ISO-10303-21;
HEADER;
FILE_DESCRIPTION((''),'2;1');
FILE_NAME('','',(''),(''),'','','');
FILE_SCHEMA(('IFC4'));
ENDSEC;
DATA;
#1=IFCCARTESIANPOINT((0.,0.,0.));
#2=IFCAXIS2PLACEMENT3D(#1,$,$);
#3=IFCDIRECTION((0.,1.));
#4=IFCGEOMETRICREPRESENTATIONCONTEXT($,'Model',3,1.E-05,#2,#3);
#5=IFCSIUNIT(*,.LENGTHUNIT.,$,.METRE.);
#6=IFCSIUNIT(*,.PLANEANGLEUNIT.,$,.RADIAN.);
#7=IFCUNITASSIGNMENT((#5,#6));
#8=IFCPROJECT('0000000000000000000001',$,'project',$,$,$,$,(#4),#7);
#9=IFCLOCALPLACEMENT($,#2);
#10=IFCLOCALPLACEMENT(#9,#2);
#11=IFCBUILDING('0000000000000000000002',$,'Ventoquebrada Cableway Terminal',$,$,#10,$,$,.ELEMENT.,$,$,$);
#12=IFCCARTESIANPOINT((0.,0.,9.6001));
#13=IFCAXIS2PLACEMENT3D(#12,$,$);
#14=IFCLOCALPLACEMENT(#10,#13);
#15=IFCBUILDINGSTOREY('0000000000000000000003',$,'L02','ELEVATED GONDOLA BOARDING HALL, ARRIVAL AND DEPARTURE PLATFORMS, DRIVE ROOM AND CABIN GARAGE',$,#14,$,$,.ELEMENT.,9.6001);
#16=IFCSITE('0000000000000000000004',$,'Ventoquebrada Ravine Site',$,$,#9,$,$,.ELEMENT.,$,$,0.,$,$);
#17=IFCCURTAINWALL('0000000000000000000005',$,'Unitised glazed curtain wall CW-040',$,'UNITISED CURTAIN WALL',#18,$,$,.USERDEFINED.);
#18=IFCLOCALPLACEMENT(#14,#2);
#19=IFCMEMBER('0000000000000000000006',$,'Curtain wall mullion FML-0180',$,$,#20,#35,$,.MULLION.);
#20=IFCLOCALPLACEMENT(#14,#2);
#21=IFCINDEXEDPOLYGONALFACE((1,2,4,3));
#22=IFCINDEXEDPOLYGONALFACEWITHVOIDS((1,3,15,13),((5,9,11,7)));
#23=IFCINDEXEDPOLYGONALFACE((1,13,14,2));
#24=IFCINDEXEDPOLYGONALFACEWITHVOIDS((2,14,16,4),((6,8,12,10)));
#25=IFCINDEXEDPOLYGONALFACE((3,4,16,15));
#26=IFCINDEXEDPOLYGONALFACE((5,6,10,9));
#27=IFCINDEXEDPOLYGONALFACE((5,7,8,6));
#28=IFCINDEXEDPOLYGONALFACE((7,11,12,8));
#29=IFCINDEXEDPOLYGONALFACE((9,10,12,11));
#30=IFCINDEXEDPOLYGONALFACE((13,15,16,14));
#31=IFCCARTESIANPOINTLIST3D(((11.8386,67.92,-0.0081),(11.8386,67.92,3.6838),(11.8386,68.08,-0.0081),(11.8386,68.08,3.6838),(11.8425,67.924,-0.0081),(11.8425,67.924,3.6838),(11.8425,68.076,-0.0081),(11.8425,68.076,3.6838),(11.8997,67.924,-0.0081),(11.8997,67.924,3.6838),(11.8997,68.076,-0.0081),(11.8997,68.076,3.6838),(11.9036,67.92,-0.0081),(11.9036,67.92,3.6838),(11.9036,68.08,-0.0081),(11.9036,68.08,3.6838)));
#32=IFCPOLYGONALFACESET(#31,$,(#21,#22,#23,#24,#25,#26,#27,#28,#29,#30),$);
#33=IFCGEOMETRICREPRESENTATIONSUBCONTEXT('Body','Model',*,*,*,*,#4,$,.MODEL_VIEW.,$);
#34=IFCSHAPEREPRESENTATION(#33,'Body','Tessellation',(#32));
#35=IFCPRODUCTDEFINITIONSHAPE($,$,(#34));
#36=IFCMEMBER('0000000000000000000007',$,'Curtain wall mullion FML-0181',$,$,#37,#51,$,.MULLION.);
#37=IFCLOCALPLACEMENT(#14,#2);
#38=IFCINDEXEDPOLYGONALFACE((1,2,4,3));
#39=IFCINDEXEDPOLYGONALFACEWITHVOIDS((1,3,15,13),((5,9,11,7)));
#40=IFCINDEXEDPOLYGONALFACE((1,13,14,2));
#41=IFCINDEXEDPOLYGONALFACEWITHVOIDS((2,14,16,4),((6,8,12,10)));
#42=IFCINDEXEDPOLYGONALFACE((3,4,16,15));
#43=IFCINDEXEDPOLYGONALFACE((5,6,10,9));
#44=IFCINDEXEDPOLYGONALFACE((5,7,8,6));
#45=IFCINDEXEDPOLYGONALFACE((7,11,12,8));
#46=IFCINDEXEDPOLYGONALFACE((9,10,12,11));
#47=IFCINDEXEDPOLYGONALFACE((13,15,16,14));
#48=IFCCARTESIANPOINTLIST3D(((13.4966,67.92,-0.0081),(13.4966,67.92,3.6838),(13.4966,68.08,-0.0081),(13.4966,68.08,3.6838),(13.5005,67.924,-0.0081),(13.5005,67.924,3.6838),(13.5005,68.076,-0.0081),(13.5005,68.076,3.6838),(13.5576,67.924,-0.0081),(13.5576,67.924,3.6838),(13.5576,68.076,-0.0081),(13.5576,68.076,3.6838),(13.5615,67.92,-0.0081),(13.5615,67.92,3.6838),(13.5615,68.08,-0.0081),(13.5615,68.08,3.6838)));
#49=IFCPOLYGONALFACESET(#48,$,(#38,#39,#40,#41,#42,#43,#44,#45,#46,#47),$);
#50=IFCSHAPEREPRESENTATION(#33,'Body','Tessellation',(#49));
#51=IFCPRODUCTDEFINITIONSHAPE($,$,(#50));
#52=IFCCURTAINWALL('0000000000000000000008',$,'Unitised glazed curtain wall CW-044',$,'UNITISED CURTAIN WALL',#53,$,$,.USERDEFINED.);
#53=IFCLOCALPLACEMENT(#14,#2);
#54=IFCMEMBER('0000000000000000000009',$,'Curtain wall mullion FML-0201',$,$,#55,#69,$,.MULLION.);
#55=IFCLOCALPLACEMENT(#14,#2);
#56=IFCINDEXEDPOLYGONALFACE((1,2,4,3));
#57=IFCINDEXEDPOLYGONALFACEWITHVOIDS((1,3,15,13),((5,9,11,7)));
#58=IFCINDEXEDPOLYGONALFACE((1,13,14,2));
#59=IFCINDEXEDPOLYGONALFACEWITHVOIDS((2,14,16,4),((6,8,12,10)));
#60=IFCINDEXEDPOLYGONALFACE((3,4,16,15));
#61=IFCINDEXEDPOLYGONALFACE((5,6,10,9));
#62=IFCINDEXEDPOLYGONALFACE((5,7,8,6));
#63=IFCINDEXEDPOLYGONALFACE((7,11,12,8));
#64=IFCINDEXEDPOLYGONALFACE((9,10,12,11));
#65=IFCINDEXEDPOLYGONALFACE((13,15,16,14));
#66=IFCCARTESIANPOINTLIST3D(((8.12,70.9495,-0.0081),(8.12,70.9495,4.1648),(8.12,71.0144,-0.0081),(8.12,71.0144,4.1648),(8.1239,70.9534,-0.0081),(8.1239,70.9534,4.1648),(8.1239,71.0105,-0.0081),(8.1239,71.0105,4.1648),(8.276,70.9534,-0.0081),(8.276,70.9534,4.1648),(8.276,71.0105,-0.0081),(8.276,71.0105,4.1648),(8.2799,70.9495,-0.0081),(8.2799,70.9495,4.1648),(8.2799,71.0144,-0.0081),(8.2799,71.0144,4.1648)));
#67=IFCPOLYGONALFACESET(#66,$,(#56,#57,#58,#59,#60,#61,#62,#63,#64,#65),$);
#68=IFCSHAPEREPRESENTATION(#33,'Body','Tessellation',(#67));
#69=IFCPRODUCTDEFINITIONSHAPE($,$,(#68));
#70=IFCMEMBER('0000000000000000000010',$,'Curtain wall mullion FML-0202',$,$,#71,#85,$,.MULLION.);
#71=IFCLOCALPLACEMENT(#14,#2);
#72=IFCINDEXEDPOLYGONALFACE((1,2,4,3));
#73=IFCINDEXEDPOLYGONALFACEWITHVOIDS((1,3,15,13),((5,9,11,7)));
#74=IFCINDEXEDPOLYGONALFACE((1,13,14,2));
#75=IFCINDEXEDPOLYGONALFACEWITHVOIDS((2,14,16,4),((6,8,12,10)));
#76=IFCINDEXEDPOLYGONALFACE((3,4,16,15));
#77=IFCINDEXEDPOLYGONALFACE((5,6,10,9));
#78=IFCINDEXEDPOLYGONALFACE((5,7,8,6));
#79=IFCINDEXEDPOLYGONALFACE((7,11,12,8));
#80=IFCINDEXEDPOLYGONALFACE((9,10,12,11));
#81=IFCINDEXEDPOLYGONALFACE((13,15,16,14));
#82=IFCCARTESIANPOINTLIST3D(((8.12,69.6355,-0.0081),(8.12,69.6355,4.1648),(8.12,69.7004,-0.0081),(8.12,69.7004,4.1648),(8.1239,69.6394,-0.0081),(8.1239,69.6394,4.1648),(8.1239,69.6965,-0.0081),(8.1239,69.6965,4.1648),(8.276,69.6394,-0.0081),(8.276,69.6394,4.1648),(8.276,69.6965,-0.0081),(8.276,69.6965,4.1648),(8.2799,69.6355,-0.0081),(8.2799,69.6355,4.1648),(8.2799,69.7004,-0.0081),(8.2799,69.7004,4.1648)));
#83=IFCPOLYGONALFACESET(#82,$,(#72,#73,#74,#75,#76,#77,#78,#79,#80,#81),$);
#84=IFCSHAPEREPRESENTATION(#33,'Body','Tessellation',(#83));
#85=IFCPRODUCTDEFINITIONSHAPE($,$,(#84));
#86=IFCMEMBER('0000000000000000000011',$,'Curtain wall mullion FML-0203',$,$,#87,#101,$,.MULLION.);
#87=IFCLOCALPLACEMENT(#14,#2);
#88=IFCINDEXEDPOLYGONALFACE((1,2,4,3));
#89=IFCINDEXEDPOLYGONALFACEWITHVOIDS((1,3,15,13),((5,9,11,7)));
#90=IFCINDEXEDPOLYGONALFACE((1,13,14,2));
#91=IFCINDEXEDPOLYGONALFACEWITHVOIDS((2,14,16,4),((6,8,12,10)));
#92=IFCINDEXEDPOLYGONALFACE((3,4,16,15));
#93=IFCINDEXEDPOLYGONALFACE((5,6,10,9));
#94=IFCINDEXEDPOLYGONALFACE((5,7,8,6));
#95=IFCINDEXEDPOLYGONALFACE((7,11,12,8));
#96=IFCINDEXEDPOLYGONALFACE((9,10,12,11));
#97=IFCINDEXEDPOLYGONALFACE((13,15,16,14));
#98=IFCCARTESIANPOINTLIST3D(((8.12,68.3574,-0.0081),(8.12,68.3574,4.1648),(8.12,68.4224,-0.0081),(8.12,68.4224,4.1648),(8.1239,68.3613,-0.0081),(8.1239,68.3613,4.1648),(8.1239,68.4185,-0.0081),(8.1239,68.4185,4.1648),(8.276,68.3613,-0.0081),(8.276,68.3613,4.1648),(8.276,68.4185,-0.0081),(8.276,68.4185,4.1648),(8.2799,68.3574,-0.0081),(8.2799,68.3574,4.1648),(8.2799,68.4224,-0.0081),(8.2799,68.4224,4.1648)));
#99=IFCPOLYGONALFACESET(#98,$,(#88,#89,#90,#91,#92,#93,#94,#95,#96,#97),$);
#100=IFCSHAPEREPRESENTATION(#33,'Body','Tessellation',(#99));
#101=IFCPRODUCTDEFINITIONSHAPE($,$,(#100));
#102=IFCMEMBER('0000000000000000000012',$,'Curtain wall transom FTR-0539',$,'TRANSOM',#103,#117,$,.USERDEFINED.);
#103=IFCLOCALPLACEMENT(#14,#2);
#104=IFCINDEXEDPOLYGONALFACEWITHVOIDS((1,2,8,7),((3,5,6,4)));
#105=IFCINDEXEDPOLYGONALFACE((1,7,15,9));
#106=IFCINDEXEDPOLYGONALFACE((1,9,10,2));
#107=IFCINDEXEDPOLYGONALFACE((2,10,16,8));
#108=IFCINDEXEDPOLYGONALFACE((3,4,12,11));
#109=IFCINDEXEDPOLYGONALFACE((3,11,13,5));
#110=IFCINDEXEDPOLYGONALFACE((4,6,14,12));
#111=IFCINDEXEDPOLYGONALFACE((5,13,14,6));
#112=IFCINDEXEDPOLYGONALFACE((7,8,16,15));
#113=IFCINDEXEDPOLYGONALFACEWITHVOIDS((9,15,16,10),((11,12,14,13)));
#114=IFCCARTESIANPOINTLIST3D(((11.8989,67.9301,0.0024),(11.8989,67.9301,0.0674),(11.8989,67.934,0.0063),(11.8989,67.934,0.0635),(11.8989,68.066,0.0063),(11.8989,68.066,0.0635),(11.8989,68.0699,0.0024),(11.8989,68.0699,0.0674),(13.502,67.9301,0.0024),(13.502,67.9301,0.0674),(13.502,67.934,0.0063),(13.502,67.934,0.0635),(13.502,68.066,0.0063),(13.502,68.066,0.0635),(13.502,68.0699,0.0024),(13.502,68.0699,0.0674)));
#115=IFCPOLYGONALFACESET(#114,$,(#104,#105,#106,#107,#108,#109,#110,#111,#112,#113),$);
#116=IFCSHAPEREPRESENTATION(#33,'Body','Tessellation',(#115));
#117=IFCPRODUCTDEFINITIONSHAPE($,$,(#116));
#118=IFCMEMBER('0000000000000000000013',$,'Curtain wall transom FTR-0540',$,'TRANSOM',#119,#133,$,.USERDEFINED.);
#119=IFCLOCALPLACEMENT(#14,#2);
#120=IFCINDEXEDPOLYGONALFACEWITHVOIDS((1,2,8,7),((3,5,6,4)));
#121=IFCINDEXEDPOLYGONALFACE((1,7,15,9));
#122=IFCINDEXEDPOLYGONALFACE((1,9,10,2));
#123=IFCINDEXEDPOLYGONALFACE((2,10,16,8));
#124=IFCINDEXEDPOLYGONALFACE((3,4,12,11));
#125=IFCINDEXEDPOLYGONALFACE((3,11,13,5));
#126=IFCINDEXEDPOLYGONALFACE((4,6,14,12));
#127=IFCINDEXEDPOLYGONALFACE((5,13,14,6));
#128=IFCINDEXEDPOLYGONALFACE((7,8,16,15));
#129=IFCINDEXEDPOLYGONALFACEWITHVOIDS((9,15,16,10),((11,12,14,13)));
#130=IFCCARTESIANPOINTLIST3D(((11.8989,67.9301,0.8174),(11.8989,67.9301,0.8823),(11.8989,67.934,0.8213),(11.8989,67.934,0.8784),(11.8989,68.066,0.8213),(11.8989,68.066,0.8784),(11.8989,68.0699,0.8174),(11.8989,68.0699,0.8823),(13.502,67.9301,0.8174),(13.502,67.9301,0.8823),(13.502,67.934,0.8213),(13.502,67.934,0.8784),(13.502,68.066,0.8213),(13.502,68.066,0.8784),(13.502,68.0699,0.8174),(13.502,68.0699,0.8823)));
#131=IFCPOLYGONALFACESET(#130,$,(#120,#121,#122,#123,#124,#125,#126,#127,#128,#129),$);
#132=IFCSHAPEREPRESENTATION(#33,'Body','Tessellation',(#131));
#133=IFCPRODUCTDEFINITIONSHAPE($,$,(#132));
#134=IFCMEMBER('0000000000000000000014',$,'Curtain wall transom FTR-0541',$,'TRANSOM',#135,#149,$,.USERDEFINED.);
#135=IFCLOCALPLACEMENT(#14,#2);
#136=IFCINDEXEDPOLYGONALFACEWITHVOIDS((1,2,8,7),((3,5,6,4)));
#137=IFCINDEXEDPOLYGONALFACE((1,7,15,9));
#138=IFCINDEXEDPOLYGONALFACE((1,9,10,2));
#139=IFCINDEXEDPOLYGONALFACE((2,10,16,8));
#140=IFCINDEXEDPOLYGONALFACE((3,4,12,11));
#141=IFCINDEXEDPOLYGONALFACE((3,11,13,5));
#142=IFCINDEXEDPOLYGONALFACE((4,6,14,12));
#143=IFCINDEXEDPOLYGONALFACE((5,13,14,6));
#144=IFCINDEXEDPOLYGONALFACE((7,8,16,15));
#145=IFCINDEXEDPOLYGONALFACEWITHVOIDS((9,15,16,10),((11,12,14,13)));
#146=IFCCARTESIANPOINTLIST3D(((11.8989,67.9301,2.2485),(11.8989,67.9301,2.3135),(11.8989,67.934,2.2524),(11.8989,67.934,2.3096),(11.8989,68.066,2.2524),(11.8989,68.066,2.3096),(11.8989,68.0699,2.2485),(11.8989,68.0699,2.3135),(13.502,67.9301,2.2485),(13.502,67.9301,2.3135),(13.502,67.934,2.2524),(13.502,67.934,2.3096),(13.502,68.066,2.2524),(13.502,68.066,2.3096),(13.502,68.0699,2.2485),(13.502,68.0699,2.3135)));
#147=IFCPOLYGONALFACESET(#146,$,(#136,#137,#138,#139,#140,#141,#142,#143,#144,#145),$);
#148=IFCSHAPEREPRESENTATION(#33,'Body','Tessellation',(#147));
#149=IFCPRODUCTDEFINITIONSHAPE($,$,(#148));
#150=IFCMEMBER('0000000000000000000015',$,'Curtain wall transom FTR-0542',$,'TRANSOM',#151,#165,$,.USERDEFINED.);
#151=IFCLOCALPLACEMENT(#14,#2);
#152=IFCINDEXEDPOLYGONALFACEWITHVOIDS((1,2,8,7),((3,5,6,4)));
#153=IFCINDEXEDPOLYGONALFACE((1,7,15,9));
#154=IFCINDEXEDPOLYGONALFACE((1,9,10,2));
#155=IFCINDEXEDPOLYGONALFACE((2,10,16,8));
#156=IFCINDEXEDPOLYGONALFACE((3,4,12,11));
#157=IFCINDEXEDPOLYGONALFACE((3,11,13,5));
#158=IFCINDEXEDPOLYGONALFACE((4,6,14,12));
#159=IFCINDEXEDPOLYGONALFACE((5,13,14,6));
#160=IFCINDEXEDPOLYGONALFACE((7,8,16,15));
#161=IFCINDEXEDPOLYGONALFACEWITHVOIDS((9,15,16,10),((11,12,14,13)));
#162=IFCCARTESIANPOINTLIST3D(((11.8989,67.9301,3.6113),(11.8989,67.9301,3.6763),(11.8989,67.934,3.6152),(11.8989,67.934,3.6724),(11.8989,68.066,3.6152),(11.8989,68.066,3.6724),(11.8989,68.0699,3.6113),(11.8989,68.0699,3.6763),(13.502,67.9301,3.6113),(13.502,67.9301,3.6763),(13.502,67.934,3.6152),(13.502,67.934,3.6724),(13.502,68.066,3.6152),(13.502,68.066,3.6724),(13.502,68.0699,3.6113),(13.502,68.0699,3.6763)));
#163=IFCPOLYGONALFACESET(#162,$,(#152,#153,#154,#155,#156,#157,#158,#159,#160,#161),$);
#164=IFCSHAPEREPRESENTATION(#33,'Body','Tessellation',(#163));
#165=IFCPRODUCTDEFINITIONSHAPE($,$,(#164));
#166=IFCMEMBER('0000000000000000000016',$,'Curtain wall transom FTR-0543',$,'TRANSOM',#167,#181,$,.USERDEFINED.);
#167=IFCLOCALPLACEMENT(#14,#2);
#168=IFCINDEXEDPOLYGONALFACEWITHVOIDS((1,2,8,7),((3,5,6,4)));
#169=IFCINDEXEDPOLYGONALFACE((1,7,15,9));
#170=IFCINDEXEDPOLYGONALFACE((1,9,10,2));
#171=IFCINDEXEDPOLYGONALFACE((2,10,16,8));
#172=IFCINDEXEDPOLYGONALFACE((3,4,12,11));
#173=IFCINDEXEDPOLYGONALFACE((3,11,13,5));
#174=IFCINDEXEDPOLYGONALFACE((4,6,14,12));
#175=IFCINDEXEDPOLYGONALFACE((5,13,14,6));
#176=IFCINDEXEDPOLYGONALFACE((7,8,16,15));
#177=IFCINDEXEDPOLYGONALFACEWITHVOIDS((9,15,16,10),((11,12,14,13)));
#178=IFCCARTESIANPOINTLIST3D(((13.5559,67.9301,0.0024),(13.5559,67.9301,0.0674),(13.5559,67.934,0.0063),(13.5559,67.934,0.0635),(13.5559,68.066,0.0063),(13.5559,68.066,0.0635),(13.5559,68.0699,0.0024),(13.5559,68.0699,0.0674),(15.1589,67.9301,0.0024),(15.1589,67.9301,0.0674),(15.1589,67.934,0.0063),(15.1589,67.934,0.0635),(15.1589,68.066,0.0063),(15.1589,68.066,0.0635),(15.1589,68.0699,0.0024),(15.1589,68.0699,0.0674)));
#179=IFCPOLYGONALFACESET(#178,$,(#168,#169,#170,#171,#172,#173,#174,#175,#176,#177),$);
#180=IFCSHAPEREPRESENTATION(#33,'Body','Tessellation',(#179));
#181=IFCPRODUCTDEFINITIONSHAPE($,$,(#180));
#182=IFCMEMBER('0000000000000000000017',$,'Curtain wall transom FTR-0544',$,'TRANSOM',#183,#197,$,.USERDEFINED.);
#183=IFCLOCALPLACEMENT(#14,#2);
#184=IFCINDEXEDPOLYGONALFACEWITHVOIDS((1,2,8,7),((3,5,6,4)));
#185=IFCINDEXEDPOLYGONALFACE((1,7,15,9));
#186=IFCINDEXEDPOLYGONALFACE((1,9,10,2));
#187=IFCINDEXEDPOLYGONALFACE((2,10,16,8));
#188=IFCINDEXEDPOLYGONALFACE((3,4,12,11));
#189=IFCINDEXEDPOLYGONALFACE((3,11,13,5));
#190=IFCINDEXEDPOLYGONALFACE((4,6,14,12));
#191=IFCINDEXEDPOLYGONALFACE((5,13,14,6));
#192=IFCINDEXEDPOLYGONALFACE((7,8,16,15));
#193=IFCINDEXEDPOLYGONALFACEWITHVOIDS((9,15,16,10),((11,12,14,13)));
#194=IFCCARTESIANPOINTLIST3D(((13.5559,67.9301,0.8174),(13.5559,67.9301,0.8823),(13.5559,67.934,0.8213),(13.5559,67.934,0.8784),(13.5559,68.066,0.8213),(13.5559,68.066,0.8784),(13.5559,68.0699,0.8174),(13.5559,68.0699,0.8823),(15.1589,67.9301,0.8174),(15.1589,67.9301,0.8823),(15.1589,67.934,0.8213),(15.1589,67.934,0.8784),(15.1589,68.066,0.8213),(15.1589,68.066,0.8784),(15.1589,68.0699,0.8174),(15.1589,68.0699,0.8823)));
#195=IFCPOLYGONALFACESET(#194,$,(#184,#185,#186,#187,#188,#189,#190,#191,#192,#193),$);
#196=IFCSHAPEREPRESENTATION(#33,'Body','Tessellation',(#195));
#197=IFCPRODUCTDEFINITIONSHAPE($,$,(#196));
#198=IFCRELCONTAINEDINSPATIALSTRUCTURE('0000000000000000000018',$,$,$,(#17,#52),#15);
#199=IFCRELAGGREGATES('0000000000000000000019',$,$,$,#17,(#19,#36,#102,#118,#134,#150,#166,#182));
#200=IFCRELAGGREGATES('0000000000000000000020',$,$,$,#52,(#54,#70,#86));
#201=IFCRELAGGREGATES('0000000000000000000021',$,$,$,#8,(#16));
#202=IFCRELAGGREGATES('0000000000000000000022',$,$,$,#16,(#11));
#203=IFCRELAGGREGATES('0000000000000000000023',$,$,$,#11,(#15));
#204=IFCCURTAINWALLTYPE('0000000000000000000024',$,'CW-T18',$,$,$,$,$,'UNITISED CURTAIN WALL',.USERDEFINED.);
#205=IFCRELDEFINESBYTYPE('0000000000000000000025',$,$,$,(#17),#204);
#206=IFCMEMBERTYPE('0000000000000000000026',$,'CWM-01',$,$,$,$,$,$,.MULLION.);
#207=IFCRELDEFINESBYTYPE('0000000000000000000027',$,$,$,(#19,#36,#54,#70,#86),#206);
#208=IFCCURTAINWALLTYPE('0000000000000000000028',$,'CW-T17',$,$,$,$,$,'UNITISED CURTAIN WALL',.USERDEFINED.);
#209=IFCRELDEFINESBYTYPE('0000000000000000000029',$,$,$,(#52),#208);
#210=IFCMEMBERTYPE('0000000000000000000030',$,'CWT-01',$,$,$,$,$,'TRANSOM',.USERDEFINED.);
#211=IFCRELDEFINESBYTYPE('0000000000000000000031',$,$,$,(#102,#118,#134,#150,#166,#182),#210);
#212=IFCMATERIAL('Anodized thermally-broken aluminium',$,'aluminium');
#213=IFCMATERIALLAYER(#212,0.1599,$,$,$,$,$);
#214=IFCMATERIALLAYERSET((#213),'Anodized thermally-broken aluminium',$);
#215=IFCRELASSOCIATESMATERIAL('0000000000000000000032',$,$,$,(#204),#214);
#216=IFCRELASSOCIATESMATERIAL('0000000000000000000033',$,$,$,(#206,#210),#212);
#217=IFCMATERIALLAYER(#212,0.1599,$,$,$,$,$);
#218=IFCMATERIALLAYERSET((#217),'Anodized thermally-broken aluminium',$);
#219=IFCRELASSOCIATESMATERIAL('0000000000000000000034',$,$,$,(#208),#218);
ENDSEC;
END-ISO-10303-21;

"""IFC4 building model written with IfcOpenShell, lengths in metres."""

from ifc_helpers import new_model, si_unit, direction, frame, origin, origin_2d, place, context, subcontext, project, spatial, hollow_rectangle, extrude, material, layer, layer_set, material_profile, profile_set, type_object, element, aggregate, save


model = new_model("IFC4")

# Units and contexts
model_context = context("Model", 3, precision=1e-05, world=origin(), true_north=direction((0.0, 1.0)))
body_context = subcontext(model_context, "Body", "Model", "MODEL_VIEW")
ifc_project = project(units=[si_unit("LENGTHUNIT", "METRE"), si_unit("PLANEANGLEUNIT", "RADIAN")], contexts=[model_context])

# Site, building, storey
site_placement = place(None, origin())
site = spatial("IfcSite", under=ifc_project, at=site_placement, Name="Ventoquebrada Ravine Site", CompositionType="ELEMENT", RefElevation=0.0)
building_placement = place(site_placement, origin())
building = spatial("IfcBuilding", under=site, at=building_placement, Name="Ventoquebrada Cableway Terminal", CompositionType="ELEMENT")
storey_placement = place(building_placement, frame((0.0, 0.0, 9.6001)))
storey = spatial("IfcBuildingStorey", under=building, at=storey_placement, Name="L02", Description="ELEVATED GONDOLA BOARDING HALL, ARRIVAL AND DEPARTURE PLATFORMS, DRIVE ROOM AND CABIN GARAGE", CompositionType="ELEMENT", Elevation=9.6001)

# Curtain walls, members
ifc_material_1 = material(Name="Anodized thermally-broken aluminium", Category="aluminium")
ifc_layer_1 = layer(ifc_material_1, 0.1599)
ifc_layer_set_1 = layer_set([ifc_layer_1], Name="Anodized thermally-broken aluminium")
curtain_wall_type_1 = type_object("IfcCurtainWallType", Name="CW-T18", ElementType="UNITISED CURTAIN WALL", PredefinedType="USERDEFINED", material=ifc_layer_set_1)
curtain_wall_1_placement = place(storey_placement, origin())
curtain_wall_1 = element("IfcCurtainWall", 1, at=curtain_wall_1_placement, inside=storey, type_object=curtain_wall_type_1, Name="Unitised glazed curtain wall CW-040", ObjectType="UNITISED CURTAIN WALL", PredefinedType="USERDEFINED")
ifc_material_profile_1 = material_profile(ifc_material_1, hollow_rectangle(XDim=0.0649, YDim=0.1599, WallThickness=0.0039, at=origin_2d()), Name="CW-MUL-65X160")
ifc_profile_set_1 = profile_set([ifc_material_profile_1], Name="Anodized thermally-broken aluminium")
member_type_1 = type_object("IfcMemberType", Name="CWM-01", PredefinedType="MULLION", material=ifc_profile_set_1)
member_1_placement = place(storey_placement, frame((11.8711, 68.0, -0.0081), z_axis=(0.0, 0.0, 1.0), x_axis=(1.0, 0.0, 0.0)))
member_1 = element("IfcMember", 2, at=member_1_placement, type_object=member_type_1, Name="Curtain wall mullion FML-0180", PredefinedType="MULLION", context=body_context, shape_type="SweptSolid", body=[
    extrude(hollow_rectangle(XDim=0.0649, YDim=0.1599, WallThickness=0.0039, at=origin_2d()), origin(), (0.0, 0.0, 1.0), 3.6919),
])
member_2_placement = place(storey_placement, frame((13.5291, 68.0, -0.0081), z_axis=(0.0, 0.0, 1.0), x_axis=(1.0, 0.0, 0.0)))
member_2 = element("IfcMember", 3, at=member_2_placement, type_object=member_type_1, Name="Curtain wall mullion FML-0181", PredefinedType="MULLION", context=body_context, shape_type="SweptSolid", body=[
    extrude(hollow_rectangle(XDim=0.0649, YDim=0.1599, WallThickness=0.0039, at=origin_2d()), origin(), (0.0, 0.0, 1.0), 3.6919),
])
ifc_layer_2 = layer(ifc_material_1, 0.1599)
ifc_layer_set_2 = layer_set([ifc_layer_2], Name="Anodized thermally-broken aluminium")
curtain_wall_type_2 = type_object("IfcCurtainWallType", Name="CW-T17", ElementType="UNITISED CURTAIN WALL", PredefinedType="USERDEFINED", material=ifc_layer_set_2)
curtain_wall_2_placement = place(storey_placement, origin())
curtain_wall_2 = element("IfcCurtainWall", 4, at=curtain_wall_2_placement, inside=storey, type_object=curtain_wall_type_2, Name="Unitised glazed curtain wall CW-044", ObjectType="UNITISED CURTAIN WALL", PredefinedType="USERDEFINED")
member_3_placement = place(storey_placement, frame((8.2, 70.9819, -0.0081), z_axis=(0.0, 0.0, 1.0), x_axis=(0.0, -1.0, 0.0)))
member_3 = element("IfcMember", 5, at=member_3_placement, type_object=member_type_1, Name="Curtain wall mullion FML-0201", PredefinedType="MULLION", context=body_context, shape_type="SweptSolid", body=[
    extrude(hollow_rectangle(XDim=0.0649, YDim=0.1599, WallThickness=0.0039, at=origin_2d()), origin(), (0.0, 0.0, 1.0), 4.1729),
])
member_4_placement = place(storey_placement, frame((8.2, 69.668, -0.0081), z_axis=(0.0, 0.0, 1.0), x_axis=(0.0, -1.0, 0.0)))
member_4 = element("IfcMember", 6, at=member_4_placement, type_object=member_type_1, Name="Curtain wall mullion FML-0202", PredefinedType="MULLION", context=body_context, shape_type="SweptSolid", body=[
    extrude(hollow_rectangle(XDim=0.0649, YDim=0.1599, WallThickness=0.0039, at=origin_2d()), origin(), (0.0, 0.0, 1.0), 4.1729),
])
member_5_placement = place(storey_placement, frame((8.2, 68.3899, -0.0081), z_axis=(0.0, 0.0, 1.0), x_axis=(0.0, -1.0, 0.0)))
member_5 = element("IfcMember", 7, at=member_5_placement, type_object=member_type_1, Name="Curtain wall mullion FML-0203", PredefinedType="MULLION", context=body_context, shape_type="SweptSolid", body=[
    extrude(hollow_rectangle(XDim=0.0649, YDim=0.1599, WallThickness=0.0039, at=origin_2d()), origin(), (0.0, 0.0, 1.0), 4.1729),
])

# Members
ifc_material_profile_2 = material_profile(ifc_material_1, hollow_rectangle(XDim=0.0649, YDim=0.1399, WallThickness=0.0039, at=origin_2d()), Name="CW-TRN-65X140")
ifc_profile_set_2 = profile_set([ifc_material_profile_2], Name="Anodized thermally-broken aluminium")
member_type_2 = type_object("IfcMemberType", Name="CWT-01", ElementType="TRANSOM", PredefinedType="USERDEFINED", material=ifc_profile_set_2)
member_6_placement = place(storey_placement, frame((11.8989, 68.0, 0.0349), z_axis=(1.0, 0.0, 0.0), x_axis=(0.0, 0.0, 1.0)))
member_6 = element("IfcMember", 8, at=member_6_placement, type_object=member_type_2, Name="Curtain wall transom FTR-0539", ObjectType="TRANSOM", PredefinedType="USERDEFINED", context=body_context, shape_type="SweptSolid", body=[
    extrude(hollow_rectangle(XDim=0.0649, YDim=0.1399, WallThickness=0.0039, at=origin_2d()), origin(), (0.0, 0.0, 1.0), 1.603),
])
member_7_placement = place(storey_placement, frame((11.8989, 68.0, 0.8499), z_axis=(1.0, 0.0, 0.0), x_axis=(0.0, 0.0, 1.0)))
member_7 = element("IfcMember", 9, at=member_7_placement, type_object=member_type_2, Name="Curtain wall transom FTR-0540", ObjectType="TRANSOM", PredefinedType="USERDEFINED", context=body_context, shape_type="SweptSolid", body=[
    extrude(hollow_rectangle(XDim=0.0649, YDim=0.1399, WallThickness=0.0039, at=origin_2d()), origin(), (0.0, 0.0, 1.0), 1.603),
])
member_8_placement = place(storey_placement, frame((11.8989, 68.0, 2.281), z_axis=(1.0, 0.0, 0.0), x_axis=(0.0, 0.0, 1.0)))
member_8 = element("IfcMember", 10, at=member_8_placement, type_object=member_type_2, Name="Curtain wall transom FTR-0541", ObjectType="TRANSOM", PredefinedType="USERDEFINED", context=body_context, shape_type="SweptSolid", body=[
    extrude(hollow_rectangle(XDim=0.0649, YDim=0.1399, WallThickness=0.0039, at=origin_2d()), origin(), (0.0, 0.0, 1.0), 1.603),
])
member_9_placement = place(storey_placement, frame((11.8989, 68.0, 3.6438), z_axis=(1.0, 0.0, 0.0), x_axis=(0.0, 0.0, 1.0)))
member_9 = element("IfcMember", 11, at=member_9_placement, type_object=member_type_2, Name="Curtain wall transom FTR-0542", ObjectType="TRANSOM", PredefinedType="USERDEFINED", context=body_context, shape_type="SweptSolid", body=[
    extrude(hollow_rectangle(XDim=0.0649, YDim=0.1399, WallThickness=0.0039, at=origin_2d()), origin(), (0.0, 0.0, 1.0), 1.603),
])
member_10_placement = place(storey_placement, frame((13.5559, 68.0, 0.0349), z_axis=(1.0, 0.0, 0.0), x_axis=(0.0, 0.0, 1.0)))
member_10 = element("IfcMember", 12, at=member_10_placement, type_object=member_type_2, Name="Curtain wall transom FTR-0543", ObjectType="TRANSOM", PredefinedType="USERDEFINED", context=body_context, shape_type="SweptSolid", body=[
    extrude(hollow_rectangle(XDim=0.0649, YDim=0.1399, WallThickness=0.0039, at=origin_2d()), origin(), (0.0, 0.0, 1.0), 1.603),
])
member_11_placement = place(storey_placement, frame((13.5559, 68.0, 0.8499), z_axis=(1.0, 0.0, 0.0), x_axis=(0.0, 0.0, 1.0)))
member_11 = element("IfcMember", 13, at=member_11_placement, type_object=member_type_2, Name="Curtain wall transom FTR-0544", ObjectType="TRANSOM", PredefinedType="USERDEFINED", context=body_context, shape_type="SweptSolid", body=[
    extrude(hollow_rectangle(XDim=0.0649, YDim=0.1399, WallThickness=0.0039, at=origin_2d()), origin(), (0.0, 0.0, 1.0), 1.603),
])

aggregate(curtain_wall_1, [member_1, member_2, member_6, member_7, member_8, member_9, member_10, member_11])
aggregate(curtain_wall_2, [member_3, member_4, member_5])

save(model, "model.ifc")
